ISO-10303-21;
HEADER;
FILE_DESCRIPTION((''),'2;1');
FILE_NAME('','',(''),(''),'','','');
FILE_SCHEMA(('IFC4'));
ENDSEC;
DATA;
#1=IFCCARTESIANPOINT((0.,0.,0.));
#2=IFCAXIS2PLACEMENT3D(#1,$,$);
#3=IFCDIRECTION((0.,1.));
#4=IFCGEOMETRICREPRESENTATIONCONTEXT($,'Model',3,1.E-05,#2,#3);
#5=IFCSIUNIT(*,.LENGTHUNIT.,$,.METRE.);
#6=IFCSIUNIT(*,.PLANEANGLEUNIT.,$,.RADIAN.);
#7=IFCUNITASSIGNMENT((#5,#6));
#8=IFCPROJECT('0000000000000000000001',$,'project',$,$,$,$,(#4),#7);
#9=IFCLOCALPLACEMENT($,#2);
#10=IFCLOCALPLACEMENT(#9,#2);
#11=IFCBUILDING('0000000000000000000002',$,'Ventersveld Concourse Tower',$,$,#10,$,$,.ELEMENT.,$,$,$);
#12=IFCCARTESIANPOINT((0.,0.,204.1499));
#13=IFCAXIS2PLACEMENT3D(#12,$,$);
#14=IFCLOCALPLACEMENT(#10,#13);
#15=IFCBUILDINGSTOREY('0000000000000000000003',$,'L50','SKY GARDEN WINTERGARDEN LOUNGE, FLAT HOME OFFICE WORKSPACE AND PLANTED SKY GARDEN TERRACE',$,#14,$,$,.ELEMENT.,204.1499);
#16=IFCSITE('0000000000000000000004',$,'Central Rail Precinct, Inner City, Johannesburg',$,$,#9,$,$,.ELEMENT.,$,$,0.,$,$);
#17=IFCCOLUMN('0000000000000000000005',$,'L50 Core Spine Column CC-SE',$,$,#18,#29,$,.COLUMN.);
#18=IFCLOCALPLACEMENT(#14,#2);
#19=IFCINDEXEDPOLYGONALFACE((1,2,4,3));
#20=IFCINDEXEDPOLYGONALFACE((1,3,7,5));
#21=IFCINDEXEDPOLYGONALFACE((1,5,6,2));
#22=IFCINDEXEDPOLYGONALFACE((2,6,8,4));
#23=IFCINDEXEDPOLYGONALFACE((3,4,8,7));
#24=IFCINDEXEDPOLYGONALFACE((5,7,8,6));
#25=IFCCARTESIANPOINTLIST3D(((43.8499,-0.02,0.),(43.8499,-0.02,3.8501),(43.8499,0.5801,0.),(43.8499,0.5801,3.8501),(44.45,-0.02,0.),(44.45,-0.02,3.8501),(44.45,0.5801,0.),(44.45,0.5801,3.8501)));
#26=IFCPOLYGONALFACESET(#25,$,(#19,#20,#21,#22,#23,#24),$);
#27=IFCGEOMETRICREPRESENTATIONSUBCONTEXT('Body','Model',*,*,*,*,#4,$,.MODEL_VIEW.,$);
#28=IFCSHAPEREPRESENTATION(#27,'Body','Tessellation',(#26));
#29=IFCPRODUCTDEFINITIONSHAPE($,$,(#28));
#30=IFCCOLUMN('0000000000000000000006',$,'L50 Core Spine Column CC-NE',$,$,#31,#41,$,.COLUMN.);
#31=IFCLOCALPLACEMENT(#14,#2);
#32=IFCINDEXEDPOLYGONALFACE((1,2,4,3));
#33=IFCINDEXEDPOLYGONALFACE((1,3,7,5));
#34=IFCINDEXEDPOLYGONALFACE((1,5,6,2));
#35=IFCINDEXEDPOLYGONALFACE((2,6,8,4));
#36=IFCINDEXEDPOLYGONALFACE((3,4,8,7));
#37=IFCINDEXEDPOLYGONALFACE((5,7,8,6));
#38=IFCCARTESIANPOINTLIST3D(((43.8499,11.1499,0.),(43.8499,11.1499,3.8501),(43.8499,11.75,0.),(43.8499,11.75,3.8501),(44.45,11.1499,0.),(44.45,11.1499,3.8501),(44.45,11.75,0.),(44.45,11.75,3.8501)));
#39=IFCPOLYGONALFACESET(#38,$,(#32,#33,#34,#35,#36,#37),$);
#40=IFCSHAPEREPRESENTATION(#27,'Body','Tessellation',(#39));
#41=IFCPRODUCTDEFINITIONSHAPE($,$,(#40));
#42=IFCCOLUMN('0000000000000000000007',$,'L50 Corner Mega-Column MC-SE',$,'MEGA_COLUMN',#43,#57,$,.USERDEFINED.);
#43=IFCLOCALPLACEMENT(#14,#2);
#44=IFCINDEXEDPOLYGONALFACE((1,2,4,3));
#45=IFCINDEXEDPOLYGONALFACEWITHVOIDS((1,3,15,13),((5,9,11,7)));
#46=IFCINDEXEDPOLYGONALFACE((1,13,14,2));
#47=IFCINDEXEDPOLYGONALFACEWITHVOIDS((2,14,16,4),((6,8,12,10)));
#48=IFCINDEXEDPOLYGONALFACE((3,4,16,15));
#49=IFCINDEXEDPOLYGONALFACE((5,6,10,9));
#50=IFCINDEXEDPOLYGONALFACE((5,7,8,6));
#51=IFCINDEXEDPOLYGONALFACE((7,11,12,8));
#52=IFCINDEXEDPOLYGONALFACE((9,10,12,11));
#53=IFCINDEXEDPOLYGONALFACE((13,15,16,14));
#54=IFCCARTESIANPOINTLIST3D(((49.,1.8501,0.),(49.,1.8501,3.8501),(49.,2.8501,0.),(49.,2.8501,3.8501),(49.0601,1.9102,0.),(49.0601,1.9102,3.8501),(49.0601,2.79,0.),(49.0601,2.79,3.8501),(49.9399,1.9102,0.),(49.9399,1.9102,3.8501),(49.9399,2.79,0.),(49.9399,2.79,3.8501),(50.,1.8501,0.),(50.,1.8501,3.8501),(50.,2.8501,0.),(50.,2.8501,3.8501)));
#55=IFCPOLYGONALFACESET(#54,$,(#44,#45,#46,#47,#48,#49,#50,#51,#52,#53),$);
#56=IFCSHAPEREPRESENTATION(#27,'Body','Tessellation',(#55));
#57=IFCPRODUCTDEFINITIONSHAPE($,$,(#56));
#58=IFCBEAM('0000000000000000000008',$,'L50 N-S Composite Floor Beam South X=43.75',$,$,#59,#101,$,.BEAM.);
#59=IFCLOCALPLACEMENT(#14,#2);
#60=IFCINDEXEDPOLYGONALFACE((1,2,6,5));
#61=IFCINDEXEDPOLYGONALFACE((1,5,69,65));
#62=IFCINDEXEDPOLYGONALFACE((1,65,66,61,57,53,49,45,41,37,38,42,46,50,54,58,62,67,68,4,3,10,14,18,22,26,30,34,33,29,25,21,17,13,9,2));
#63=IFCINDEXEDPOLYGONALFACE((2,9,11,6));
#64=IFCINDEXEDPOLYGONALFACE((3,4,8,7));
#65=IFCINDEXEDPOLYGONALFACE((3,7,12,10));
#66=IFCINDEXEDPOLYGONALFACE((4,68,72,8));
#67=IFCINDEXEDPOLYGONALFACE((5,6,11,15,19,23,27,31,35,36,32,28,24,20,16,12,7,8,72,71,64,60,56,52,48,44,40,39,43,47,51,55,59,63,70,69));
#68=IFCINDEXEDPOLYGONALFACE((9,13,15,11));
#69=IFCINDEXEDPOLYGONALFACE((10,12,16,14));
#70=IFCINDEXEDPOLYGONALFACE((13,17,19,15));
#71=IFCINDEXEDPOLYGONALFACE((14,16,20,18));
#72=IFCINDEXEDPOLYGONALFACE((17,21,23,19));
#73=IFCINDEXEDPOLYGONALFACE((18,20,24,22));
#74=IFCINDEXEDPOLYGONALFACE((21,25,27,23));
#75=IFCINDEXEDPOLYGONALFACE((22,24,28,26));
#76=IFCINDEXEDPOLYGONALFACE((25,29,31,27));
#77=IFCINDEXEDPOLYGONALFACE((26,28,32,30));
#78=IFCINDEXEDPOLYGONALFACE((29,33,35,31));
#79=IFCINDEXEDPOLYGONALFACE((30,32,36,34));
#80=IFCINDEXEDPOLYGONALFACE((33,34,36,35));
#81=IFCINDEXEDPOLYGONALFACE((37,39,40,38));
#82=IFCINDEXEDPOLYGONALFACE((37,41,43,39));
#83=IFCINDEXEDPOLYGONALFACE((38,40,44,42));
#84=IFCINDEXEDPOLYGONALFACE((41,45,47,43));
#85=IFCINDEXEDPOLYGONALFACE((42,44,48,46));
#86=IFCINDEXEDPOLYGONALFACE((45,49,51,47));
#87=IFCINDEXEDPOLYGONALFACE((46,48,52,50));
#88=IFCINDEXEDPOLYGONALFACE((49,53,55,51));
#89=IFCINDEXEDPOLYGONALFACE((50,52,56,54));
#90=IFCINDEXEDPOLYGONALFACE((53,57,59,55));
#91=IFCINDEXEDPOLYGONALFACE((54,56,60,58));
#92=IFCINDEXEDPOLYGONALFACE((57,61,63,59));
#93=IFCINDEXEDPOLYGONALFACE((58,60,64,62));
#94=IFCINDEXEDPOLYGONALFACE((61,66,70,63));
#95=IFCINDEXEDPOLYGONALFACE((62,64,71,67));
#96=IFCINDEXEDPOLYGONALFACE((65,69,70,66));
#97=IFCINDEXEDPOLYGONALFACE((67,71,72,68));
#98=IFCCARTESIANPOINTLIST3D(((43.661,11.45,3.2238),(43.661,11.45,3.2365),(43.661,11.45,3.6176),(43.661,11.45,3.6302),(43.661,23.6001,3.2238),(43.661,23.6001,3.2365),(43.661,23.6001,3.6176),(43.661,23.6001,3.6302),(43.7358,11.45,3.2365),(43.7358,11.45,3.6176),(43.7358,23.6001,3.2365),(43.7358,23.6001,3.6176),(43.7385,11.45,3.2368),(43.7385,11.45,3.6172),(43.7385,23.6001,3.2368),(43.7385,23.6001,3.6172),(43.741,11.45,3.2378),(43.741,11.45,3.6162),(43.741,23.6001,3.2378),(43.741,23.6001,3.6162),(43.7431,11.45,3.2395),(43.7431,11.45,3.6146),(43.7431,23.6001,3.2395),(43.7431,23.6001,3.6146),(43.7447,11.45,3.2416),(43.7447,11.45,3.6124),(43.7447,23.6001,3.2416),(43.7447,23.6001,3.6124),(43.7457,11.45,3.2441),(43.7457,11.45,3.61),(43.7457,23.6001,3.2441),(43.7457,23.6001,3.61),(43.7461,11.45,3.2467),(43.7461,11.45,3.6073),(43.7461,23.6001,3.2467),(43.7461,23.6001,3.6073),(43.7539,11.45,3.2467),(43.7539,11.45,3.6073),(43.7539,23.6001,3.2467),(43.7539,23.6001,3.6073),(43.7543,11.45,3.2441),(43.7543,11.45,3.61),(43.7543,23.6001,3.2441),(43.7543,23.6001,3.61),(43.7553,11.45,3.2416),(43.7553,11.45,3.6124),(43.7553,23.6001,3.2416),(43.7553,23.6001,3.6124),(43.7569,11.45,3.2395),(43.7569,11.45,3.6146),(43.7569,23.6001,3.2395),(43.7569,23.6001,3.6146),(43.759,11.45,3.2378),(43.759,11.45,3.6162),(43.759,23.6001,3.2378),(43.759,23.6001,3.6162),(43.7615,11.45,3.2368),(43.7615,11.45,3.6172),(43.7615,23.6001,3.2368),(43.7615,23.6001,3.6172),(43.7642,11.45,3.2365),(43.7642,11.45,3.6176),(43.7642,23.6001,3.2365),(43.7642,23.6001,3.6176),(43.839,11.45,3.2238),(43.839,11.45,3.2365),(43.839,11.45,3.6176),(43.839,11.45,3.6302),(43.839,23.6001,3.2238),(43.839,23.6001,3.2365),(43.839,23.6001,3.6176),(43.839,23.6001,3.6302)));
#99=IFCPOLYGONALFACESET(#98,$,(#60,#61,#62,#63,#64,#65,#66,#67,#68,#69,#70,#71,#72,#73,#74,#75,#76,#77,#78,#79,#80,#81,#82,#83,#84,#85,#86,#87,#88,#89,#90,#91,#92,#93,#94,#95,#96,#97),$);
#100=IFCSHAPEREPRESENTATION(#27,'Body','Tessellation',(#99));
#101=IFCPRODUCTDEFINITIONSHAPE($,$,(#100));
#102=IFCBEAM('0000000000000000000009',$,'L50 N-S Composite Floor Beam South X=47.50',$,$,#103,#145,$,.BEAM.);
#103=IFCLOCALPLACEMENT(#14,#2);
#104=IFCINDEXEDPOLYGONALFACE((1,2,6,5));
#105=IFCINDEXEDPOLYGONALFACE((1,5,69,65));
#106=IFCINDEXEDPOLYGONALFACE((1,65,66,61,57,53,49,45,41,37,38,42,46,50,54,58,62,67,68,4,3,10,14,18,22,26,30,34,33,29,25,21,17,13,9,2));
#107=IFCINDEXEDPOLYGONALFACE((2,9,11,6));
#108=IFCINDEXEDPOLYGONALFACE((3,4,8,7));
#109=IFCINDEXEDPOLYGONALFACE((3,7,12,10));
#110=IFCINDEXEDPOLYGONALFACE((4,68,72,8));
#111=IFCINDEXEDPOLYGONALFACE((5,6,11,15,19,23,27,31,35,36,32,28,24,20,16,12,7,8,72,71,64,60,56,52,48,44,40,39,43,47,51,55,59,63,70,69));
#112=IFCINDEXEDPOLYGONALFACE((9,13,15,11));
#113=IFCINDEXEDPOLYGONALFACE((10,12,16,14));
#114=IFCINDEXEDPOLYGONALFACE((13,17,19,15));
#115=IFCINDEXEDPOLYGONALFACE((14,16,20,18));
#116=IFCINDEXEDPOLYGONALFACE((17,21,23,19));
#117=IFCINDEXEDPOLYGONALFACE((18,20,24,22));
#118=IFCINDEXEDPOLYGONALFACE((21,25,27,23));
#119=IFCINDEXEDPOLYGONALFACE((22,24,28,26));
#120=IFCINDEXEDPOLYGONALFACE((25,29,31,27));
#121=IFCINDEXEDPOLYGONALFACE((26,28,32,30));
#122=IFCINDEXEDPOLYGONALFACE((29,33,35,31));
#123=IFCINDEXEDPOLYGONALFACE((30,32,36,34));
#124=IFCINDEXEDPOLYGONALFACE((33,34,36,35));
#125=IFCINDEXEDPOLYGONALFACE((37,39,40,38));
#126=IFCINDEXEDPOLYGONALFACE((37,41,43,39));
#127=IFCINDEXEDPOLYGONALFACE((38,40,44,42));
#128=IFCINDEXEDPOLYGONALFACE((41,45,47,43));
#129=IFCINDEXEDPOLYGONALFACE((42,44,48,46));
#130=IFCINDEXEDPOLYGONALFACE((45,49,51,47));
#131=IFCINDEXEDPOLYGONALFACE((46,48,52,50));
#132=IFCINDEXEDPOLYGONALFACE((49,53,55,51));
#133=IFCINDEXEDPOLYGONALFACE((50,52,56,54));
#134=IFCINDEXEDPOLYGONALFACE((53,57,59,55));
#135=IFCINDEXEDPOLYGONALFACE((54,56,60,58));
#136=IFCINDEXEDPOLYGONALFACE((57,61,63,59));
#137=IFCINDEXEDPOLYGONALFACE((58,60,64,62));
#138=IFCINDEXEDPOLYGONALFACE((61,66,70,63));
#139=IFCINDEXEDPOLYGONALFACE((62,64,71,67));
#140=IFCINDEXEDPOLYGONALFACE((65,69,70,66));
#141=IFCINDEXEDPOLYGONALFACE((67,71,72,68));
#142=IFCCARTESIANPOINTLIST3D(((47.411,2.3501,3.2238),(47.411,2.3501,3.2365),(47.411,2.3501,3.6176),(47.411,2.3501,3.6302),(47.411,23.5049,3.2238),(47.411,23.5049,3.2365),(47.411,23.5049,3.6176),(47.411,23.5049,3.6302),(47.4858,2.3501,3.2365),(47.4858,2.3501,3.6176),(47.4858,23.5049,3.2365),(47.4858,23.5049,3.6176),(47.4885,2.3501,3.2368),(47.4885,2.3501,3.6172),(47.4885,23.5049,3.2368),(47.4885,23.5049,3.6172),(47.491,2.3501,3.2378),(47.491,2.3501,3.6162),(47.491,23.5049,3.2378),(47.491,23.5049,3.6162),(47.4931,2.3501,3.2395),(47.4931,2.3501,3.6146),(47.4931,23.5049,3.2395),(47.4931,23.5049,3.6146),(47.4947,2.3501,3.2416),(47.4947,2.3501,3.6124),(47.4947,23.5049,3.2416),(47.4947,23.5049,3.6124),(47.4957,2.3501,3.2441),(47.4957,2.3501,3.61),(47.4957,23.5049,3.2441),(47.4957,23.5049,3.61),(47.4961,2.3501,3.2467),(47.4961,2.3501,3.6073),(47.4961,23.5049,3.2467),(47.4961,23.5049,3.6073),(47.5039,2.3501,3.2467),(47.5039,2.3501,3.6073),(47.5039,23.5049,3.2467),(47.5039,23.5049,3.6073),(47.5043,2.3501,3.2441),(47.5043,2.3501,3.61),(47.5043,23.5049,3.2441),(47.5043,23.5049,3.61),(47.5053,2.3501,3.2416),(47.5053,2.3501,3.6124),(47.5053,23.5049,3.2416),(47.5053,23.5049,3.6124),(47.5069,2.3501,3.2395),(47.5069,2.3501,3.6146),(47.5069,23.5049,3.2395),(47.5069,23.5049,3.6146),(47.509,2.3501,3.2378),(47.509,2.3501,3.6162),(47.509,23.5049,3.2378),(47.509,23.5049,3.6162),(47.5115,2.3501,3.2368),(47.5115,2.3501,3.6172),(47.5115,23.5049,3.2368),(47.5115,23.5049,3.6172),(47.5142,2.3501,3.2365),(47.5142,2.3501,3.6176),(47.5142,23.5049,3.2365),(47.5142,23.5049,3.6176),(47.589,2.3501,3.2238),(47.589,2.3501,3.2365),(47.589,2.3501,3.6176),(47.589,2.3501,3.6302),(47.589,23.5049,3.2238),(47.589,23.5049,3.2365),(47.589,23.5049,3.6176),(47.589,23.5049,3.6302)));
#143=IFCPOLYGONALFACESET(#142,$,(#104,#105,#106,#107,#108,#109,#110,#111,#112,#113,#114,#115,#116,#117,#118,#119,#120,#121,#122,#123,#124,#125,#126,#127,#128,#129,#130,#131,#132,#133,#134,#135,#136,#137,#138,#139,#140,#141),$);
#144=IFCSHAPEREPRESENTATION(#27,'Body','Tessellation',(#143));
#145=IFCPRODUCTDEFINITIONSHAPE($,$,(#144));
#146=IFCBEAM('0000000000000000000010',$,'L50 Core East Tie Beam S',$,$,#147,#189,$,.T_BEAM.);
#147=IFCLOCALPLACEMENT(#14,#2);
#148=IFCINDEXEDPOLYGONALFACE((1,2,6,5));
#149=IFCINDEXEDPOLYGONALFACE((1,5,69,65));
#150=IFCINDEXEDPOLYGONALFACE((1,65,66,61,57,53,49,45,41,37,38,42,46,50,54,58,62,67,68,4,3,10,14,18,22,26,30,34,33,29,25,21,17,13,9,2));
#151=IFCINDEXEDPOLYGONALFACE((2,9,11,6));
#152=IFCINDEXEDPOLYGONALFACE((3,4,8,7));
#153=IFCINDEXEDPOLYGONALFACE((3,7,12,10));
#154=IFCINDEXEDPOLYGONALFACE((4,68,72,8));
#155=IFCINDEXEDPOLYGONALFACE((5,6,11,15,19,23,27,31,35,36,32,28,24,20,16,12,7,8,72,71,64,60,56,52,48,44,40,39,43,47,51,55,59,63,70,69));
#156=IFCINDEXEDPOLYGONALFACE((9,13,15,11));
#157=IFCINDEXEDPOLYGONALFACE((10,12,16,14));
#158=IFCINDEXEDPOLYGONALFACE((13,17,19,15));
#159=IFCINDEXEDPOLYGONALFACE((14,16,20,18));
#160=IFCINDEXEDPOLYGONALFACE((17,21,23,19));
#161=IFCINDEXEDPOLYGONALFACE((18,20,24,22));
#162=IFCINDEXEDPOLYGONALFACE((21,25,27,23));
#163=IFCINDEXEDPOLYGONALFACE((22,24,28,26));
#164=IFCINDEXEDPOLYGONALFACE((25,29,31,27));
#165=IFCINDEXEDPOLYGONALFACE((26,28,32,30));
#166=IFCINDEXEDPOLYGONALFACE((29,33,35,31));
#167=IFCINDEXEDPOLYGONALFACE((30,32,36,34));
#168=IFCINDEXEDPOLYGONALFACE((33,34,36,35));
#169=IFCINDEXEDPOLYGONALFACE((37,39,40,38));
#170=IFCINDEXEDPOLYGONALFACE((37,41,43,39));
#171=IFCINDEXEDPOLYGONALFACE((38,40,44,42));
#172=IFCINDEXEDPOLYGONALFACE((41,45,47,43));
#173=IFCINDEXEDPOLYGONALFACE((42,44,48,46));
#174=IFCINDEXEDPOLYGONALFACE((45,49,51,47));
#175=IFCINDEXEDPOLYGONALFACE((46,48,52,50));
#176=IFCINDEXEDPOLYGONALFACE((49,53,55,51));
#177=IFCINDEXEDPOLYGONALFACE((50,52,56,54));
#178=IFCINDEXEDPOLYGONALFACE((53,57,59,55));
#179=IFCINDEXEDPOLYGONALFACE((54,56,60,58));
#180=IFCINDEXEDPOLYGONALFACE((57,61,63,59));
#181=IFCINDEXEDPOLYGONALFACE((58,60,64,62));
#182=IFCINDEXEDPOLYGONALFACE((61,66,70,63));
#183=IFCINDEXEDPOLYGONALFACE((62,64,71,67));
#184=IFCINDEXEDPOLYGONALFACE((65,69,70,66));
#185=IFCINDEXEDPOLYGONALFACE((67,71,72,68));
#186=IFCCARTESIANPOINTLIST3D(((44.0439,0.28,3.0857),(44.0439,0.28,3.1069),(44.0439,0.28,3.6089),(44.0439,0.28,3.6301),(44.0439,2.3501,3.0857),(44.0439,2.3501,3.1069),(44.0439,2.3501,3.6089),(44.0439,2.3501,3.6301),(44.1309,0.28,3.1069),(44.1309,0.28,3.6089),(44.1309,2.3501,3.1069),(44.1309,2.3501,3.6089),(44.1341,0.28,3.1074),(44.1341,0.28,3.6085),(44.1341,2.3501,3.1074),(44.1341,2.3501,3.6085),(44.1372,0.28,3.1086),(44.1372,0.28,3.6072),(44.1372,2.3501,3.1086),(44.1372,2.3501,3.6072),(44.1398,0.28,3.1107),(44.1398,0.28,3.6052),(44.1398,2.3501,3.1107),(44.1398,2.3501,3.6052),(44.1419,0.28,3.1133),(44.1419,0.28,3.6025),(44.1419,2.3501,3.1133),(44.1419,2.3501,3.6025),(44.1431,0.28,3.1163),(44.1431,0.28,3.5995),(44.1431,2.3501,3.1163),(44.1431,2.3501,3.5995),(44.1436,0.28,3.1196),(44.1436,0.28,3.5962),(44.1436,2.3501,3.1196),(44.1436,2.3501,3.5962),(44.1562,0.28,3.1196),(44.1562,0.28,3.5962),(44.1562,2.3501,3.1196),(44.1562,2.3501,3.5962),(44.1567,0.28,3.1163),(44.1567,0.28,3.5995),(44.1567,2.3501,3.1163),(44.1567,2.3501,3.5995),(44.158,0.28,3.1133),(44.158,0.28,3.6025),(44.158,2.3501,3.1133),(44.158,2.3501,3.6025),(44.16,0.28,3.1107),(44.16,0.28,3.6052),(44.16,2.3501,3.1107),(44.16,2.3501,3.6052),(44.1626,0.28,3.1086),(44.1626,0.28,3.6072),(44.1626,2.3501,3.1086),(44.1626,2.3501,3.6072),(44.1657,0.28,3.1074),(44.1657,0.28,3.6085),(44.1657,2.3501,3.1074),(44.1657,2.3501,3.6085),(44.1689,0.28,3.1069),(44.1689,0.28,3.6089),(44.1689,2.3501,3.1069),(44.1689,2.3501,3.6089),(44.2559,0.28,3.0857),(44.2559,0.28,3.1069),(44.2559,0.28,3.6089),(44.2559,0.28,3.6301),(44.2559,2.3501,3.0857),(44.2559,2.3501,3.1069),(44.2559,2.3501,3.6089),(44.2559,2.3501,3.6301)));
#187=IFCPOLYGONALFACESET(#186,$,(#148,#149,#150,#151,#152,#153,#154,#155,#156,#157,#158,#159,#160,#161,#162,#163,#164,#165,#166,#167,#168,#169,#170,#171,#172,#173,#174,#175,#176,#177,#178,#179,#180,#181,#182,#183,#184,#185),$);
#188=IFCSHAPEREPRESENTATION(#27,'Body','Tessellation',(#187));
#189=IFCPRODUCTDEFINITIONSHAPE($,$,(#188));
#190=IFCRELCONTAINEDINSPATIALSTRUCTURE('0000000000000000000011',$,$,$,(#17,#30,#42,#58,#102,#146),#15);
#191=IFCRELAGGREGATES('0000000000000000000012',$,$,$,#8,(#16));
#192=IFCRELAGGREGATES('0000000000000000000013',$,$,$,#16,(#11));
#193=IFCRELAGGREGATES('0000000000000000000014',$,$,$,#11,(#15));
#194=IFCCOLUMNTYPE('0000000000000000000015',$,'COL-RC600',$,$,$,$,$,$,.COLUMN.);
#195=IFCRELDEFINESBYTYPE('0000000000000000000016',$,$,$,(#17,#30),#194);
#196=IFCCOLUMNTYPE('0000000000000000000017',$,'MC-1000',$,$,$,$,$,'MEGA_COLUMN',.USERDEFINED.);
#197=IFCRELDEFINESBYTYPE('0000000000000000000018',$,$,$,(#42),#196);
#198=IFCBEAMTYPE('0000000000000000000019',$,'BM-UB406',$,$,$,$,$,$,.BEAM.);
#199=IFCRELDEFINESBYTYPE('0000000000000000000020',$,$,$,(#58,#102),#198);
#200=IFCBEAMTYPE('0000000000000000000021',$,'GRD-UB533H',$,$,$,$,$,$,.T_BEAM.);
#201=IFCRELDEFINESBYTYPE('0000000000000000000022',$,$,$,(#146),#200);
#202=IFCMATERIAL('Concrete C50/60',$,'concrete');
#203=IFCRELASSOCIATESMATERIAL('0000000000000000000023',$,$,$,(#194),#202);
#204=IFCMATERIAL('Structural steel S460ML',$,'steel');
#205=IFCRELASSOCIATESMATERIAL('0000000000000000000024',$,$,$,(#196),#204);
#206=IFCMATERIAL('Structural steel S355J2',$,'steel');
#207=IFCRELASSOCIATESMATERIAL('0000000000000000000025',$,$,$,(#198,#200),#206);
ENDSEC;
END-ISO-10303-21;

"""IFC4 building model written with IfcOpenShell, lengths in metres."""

from ifc_helpers import new_model, si_unit, direction, frame, origin, origin_2d, place, context, subcontext, project, spatial, rectangle, hollow_rectangle, i_section, extrude, material, material_profile, profile_set, type_object, element, save


model = new_model("IFC4")

# Units and contexts
model_context = context("Model", 3, precision=1e-05, world=origin(), true_north=direction((0.0, 1.0)))
body_context = subcontext(model_context, "Body", "Model", "MODEL_VIEW")
ifc_project = project(units=[si_unit("LENGTHUNIT", "METRE"), si_unit("PLANEANGLEUNIT", "RADIAN")], contexts=[model_context])

# Site, building, storey
site_placement = place(None, origin())
site = spatial("IfcSite", under=ifc_project, at=site_placement, Name="Central Rail Precinct, Inner City, Johannesburg", CompositionType="ELEMENT", RefElevation=0.0)
building_placement = place(site_placement, origin())
building = spatial("IfcBuilding", under=site, at=building_placement, Name="Ventersveld Concourse Tower", CompositionType="ELEMENT")
storey_placement = place(building_placement, frame((0.0, 0.0, 204.1499)))
storey = spatial("IfcBuildingStorey", under=building, at=storey_placement, Name="L50", Description="SKY GARDEN WINTERGARDEN LOUNGE, FLAT HOME OFFICE WORKSPACE AND PLANTED SKY GARDEN TERRACE", CompositionType="ELEMENT", Elevation=204.1499)

# Columns
ifc_material_1 = material(Name="Concrete C50/60", Category="concrete")
ifc_material_profile_1 = material_profile(ifc_material_1, rectangle(XDim=0.6001, YDim=0.6001, at=origin_2d()), Name="RC 600x600")
ifc_profile_set_1 = profile_set([ifc_material_profile_1], Name="Concrete C50/60")
column_type_1 = type_object("IfcColumnType", Name="COL-RC600", PredefinedType="COLUMN", material=ifc_profile_set_1)
for number, where, z_axis, x_axis, name in (
    (1, (44.1499, 0.28, 0.0), (0.0, 0.0, 1.0), (1.0, 0.0, 0.0), "L50 Core Spine Column CC-SE"),
    (2, (44.1499, 11.45, 0.0), (0.0, 0.0, 1.0), (1.0, 0.0, 0.0), "L50 Core Spine Column CC-NE"),
):
    element("IfcColumn", number, at=place(storey_placement, frame(where, z_axis=z_axis, x_axis=x_axis)), inside=storey, type_object=column_type_1, Name=name, PredefinedType="COLUMN", context=body_context, shape_type="SweptSolid", body=[
        extrude(rectangle(XDim=0.6001, YDim=0.6001, at=origin_2d()), origin(), (0.0, 0.0, 1.0), 3.8501),
    ])
ifc_material_2 = material(Name="Structural steel S460ML", Category="steel")
ifc_material_profile_2 = material_profile(ifc_material_2, hollow_rectangle(XDim=1.0, YDim=1.0, WallThickness=0.0601, at=origin_2d()), Name="BOX 1000x1000x60")
ifc_profile_set_2 = profile_set([ifc_material_profile_2], Name="Structural steel S460ML")
column_type_2 = type_object("IfcColumnType", Name="MC-1000", ElementType="MEGA_COLUMN", PredefinedType="USERDEFINED", material=ifc_profile_set_2)
column_placement = place(storey_placement, frame((49.5, 2.3501, 0.0), z_axis=(0.0, 0.0, 1.0), x_axis=(1.0, 0.0, 0.0)))
element("IfcColumn", 3, at=column_placement, inside=storey, type_object=column_type_2, Name="L50 Corner Mega-Column MC-SE", ObjectType="MEGA_COLUMN", PredefinedType="USERDEFINED", context=body_context, shape_type="SweptSolid", body=[
    extrude(hollow_rectangle(XDim=1.0, YDim=1.0, WallThickness=0.0601, at=origin_2d()), origin(), (0.0, 0.0, 1.0), 3.8501),
])

# Beams
ifc_material_3 = material(Name="Structural steel S355J2", Category="steel")
ifc_material_profile_3 = material_profile(ifc_material_3, i_section(OverallWidth=0.178, OverallDepth=0.4065, WebThickness=0.0078, FlangeThickness=0.0127, FilletRadius=0.0103, at=origin_2d()), Name="UB 406x178x60")
ifc_profile_set_3 = profile_set([ifc_material_profile_3], Name="Structural steel S355J2")
beam_type_1 = type_object("IfcBeamType", Name="BM-UB406", PredefinedType="BEAM", material=ifc_profile_set_3)
beam_1_placement = place(storey_placement, frame((43.75, 11.45, 3.427), z_axis=(0.0, 1.0, 0.0), x_axis=(-1.0, 0.0, 0.0)))
element("IfcBeam", 4, at=beam_1_placement, inside=storey, type_object=beam_type_1, Name="L50 N-S Composite Floor Beam South X=43.75", PredefinedType="BEAM", context=body_context, shape_type="SweptSolid", body=[
    extrude(i_section(OverallWidth=0.178, OverallDepth=0.4065, WebThickness=0.0078, FlangeThickness=0.0127, FilletRadius=0.0103, at=origin_2d()), origin(), (0.0, 0.0, 1.0), 12.1501),
])
beam_2_placement = place(storey_placement, frame((47.5, 2.3501, 3.427), z_axis=(0.0, 1.0, 0.0), x_axis=(-1.0, 0.0, 0.0)))
element("IfcBeam", 5, at=beam_2_placement, inside=storey, type_object=beam_type_1, Name="L50 N-S Composite Floor Beam South X=47.50", PredefinedType="BEAM", context=body_context, shape_type="SweptSolid", body=[
    extrude(i_section(OverallWidth=0.178, OverallDepth=0.4065, WebThickness=0.0078, FlangeThickness=0.0127, FilletRadius=0.0103, at=origin_2d()), origin(), (0.0, 0.0, 1.0), 21.1548),
])
ifc_material_profile_4 = material_profile(ifc_material_3, i_section(OverallWidth=0.2119, OverallDepth=0.5444, WebThickness=0.0127, FlangeThickness=0.0212, FilletRadius=0.0127, at=origin_2d()), Name="UB 533x210x122")
ifc_profile_set_4 = profile_set([ifc_material_profile_4], Name="Structural steel S355J2")
beam_type_2 = type_object("IfcBeamType", Name="GRD-UB533H", PredefinedType="T_BEAM", material=ifc_profile_set_4)
beam_3_placement = place(storey_placement, frame((44.1499, 0.28, 3.3579), z_axis=(0.0, 1.0, 0.0), x_axis=(-1.0, 0.0, 0.0)))
element("IfcBeam", 6, at=beam_3_placement, inside=storey, type_object=beam_type_2, Name="L50 Core East Tie Beam S", PredefinedType="T_BEAM", context=body_context, shape_type="SweptSolid", body=[
    extrude(i_section(OverallWidth=0.2119, OverallDepth=0.5444, WebThickness=0.0127, FlangeThickness=0.0212, FilletRadius=0.0127, at=origin_2d()), origin(), (0.0, 0.0, 1.0), 2.0701),
])

save(model, "model.ifc")
